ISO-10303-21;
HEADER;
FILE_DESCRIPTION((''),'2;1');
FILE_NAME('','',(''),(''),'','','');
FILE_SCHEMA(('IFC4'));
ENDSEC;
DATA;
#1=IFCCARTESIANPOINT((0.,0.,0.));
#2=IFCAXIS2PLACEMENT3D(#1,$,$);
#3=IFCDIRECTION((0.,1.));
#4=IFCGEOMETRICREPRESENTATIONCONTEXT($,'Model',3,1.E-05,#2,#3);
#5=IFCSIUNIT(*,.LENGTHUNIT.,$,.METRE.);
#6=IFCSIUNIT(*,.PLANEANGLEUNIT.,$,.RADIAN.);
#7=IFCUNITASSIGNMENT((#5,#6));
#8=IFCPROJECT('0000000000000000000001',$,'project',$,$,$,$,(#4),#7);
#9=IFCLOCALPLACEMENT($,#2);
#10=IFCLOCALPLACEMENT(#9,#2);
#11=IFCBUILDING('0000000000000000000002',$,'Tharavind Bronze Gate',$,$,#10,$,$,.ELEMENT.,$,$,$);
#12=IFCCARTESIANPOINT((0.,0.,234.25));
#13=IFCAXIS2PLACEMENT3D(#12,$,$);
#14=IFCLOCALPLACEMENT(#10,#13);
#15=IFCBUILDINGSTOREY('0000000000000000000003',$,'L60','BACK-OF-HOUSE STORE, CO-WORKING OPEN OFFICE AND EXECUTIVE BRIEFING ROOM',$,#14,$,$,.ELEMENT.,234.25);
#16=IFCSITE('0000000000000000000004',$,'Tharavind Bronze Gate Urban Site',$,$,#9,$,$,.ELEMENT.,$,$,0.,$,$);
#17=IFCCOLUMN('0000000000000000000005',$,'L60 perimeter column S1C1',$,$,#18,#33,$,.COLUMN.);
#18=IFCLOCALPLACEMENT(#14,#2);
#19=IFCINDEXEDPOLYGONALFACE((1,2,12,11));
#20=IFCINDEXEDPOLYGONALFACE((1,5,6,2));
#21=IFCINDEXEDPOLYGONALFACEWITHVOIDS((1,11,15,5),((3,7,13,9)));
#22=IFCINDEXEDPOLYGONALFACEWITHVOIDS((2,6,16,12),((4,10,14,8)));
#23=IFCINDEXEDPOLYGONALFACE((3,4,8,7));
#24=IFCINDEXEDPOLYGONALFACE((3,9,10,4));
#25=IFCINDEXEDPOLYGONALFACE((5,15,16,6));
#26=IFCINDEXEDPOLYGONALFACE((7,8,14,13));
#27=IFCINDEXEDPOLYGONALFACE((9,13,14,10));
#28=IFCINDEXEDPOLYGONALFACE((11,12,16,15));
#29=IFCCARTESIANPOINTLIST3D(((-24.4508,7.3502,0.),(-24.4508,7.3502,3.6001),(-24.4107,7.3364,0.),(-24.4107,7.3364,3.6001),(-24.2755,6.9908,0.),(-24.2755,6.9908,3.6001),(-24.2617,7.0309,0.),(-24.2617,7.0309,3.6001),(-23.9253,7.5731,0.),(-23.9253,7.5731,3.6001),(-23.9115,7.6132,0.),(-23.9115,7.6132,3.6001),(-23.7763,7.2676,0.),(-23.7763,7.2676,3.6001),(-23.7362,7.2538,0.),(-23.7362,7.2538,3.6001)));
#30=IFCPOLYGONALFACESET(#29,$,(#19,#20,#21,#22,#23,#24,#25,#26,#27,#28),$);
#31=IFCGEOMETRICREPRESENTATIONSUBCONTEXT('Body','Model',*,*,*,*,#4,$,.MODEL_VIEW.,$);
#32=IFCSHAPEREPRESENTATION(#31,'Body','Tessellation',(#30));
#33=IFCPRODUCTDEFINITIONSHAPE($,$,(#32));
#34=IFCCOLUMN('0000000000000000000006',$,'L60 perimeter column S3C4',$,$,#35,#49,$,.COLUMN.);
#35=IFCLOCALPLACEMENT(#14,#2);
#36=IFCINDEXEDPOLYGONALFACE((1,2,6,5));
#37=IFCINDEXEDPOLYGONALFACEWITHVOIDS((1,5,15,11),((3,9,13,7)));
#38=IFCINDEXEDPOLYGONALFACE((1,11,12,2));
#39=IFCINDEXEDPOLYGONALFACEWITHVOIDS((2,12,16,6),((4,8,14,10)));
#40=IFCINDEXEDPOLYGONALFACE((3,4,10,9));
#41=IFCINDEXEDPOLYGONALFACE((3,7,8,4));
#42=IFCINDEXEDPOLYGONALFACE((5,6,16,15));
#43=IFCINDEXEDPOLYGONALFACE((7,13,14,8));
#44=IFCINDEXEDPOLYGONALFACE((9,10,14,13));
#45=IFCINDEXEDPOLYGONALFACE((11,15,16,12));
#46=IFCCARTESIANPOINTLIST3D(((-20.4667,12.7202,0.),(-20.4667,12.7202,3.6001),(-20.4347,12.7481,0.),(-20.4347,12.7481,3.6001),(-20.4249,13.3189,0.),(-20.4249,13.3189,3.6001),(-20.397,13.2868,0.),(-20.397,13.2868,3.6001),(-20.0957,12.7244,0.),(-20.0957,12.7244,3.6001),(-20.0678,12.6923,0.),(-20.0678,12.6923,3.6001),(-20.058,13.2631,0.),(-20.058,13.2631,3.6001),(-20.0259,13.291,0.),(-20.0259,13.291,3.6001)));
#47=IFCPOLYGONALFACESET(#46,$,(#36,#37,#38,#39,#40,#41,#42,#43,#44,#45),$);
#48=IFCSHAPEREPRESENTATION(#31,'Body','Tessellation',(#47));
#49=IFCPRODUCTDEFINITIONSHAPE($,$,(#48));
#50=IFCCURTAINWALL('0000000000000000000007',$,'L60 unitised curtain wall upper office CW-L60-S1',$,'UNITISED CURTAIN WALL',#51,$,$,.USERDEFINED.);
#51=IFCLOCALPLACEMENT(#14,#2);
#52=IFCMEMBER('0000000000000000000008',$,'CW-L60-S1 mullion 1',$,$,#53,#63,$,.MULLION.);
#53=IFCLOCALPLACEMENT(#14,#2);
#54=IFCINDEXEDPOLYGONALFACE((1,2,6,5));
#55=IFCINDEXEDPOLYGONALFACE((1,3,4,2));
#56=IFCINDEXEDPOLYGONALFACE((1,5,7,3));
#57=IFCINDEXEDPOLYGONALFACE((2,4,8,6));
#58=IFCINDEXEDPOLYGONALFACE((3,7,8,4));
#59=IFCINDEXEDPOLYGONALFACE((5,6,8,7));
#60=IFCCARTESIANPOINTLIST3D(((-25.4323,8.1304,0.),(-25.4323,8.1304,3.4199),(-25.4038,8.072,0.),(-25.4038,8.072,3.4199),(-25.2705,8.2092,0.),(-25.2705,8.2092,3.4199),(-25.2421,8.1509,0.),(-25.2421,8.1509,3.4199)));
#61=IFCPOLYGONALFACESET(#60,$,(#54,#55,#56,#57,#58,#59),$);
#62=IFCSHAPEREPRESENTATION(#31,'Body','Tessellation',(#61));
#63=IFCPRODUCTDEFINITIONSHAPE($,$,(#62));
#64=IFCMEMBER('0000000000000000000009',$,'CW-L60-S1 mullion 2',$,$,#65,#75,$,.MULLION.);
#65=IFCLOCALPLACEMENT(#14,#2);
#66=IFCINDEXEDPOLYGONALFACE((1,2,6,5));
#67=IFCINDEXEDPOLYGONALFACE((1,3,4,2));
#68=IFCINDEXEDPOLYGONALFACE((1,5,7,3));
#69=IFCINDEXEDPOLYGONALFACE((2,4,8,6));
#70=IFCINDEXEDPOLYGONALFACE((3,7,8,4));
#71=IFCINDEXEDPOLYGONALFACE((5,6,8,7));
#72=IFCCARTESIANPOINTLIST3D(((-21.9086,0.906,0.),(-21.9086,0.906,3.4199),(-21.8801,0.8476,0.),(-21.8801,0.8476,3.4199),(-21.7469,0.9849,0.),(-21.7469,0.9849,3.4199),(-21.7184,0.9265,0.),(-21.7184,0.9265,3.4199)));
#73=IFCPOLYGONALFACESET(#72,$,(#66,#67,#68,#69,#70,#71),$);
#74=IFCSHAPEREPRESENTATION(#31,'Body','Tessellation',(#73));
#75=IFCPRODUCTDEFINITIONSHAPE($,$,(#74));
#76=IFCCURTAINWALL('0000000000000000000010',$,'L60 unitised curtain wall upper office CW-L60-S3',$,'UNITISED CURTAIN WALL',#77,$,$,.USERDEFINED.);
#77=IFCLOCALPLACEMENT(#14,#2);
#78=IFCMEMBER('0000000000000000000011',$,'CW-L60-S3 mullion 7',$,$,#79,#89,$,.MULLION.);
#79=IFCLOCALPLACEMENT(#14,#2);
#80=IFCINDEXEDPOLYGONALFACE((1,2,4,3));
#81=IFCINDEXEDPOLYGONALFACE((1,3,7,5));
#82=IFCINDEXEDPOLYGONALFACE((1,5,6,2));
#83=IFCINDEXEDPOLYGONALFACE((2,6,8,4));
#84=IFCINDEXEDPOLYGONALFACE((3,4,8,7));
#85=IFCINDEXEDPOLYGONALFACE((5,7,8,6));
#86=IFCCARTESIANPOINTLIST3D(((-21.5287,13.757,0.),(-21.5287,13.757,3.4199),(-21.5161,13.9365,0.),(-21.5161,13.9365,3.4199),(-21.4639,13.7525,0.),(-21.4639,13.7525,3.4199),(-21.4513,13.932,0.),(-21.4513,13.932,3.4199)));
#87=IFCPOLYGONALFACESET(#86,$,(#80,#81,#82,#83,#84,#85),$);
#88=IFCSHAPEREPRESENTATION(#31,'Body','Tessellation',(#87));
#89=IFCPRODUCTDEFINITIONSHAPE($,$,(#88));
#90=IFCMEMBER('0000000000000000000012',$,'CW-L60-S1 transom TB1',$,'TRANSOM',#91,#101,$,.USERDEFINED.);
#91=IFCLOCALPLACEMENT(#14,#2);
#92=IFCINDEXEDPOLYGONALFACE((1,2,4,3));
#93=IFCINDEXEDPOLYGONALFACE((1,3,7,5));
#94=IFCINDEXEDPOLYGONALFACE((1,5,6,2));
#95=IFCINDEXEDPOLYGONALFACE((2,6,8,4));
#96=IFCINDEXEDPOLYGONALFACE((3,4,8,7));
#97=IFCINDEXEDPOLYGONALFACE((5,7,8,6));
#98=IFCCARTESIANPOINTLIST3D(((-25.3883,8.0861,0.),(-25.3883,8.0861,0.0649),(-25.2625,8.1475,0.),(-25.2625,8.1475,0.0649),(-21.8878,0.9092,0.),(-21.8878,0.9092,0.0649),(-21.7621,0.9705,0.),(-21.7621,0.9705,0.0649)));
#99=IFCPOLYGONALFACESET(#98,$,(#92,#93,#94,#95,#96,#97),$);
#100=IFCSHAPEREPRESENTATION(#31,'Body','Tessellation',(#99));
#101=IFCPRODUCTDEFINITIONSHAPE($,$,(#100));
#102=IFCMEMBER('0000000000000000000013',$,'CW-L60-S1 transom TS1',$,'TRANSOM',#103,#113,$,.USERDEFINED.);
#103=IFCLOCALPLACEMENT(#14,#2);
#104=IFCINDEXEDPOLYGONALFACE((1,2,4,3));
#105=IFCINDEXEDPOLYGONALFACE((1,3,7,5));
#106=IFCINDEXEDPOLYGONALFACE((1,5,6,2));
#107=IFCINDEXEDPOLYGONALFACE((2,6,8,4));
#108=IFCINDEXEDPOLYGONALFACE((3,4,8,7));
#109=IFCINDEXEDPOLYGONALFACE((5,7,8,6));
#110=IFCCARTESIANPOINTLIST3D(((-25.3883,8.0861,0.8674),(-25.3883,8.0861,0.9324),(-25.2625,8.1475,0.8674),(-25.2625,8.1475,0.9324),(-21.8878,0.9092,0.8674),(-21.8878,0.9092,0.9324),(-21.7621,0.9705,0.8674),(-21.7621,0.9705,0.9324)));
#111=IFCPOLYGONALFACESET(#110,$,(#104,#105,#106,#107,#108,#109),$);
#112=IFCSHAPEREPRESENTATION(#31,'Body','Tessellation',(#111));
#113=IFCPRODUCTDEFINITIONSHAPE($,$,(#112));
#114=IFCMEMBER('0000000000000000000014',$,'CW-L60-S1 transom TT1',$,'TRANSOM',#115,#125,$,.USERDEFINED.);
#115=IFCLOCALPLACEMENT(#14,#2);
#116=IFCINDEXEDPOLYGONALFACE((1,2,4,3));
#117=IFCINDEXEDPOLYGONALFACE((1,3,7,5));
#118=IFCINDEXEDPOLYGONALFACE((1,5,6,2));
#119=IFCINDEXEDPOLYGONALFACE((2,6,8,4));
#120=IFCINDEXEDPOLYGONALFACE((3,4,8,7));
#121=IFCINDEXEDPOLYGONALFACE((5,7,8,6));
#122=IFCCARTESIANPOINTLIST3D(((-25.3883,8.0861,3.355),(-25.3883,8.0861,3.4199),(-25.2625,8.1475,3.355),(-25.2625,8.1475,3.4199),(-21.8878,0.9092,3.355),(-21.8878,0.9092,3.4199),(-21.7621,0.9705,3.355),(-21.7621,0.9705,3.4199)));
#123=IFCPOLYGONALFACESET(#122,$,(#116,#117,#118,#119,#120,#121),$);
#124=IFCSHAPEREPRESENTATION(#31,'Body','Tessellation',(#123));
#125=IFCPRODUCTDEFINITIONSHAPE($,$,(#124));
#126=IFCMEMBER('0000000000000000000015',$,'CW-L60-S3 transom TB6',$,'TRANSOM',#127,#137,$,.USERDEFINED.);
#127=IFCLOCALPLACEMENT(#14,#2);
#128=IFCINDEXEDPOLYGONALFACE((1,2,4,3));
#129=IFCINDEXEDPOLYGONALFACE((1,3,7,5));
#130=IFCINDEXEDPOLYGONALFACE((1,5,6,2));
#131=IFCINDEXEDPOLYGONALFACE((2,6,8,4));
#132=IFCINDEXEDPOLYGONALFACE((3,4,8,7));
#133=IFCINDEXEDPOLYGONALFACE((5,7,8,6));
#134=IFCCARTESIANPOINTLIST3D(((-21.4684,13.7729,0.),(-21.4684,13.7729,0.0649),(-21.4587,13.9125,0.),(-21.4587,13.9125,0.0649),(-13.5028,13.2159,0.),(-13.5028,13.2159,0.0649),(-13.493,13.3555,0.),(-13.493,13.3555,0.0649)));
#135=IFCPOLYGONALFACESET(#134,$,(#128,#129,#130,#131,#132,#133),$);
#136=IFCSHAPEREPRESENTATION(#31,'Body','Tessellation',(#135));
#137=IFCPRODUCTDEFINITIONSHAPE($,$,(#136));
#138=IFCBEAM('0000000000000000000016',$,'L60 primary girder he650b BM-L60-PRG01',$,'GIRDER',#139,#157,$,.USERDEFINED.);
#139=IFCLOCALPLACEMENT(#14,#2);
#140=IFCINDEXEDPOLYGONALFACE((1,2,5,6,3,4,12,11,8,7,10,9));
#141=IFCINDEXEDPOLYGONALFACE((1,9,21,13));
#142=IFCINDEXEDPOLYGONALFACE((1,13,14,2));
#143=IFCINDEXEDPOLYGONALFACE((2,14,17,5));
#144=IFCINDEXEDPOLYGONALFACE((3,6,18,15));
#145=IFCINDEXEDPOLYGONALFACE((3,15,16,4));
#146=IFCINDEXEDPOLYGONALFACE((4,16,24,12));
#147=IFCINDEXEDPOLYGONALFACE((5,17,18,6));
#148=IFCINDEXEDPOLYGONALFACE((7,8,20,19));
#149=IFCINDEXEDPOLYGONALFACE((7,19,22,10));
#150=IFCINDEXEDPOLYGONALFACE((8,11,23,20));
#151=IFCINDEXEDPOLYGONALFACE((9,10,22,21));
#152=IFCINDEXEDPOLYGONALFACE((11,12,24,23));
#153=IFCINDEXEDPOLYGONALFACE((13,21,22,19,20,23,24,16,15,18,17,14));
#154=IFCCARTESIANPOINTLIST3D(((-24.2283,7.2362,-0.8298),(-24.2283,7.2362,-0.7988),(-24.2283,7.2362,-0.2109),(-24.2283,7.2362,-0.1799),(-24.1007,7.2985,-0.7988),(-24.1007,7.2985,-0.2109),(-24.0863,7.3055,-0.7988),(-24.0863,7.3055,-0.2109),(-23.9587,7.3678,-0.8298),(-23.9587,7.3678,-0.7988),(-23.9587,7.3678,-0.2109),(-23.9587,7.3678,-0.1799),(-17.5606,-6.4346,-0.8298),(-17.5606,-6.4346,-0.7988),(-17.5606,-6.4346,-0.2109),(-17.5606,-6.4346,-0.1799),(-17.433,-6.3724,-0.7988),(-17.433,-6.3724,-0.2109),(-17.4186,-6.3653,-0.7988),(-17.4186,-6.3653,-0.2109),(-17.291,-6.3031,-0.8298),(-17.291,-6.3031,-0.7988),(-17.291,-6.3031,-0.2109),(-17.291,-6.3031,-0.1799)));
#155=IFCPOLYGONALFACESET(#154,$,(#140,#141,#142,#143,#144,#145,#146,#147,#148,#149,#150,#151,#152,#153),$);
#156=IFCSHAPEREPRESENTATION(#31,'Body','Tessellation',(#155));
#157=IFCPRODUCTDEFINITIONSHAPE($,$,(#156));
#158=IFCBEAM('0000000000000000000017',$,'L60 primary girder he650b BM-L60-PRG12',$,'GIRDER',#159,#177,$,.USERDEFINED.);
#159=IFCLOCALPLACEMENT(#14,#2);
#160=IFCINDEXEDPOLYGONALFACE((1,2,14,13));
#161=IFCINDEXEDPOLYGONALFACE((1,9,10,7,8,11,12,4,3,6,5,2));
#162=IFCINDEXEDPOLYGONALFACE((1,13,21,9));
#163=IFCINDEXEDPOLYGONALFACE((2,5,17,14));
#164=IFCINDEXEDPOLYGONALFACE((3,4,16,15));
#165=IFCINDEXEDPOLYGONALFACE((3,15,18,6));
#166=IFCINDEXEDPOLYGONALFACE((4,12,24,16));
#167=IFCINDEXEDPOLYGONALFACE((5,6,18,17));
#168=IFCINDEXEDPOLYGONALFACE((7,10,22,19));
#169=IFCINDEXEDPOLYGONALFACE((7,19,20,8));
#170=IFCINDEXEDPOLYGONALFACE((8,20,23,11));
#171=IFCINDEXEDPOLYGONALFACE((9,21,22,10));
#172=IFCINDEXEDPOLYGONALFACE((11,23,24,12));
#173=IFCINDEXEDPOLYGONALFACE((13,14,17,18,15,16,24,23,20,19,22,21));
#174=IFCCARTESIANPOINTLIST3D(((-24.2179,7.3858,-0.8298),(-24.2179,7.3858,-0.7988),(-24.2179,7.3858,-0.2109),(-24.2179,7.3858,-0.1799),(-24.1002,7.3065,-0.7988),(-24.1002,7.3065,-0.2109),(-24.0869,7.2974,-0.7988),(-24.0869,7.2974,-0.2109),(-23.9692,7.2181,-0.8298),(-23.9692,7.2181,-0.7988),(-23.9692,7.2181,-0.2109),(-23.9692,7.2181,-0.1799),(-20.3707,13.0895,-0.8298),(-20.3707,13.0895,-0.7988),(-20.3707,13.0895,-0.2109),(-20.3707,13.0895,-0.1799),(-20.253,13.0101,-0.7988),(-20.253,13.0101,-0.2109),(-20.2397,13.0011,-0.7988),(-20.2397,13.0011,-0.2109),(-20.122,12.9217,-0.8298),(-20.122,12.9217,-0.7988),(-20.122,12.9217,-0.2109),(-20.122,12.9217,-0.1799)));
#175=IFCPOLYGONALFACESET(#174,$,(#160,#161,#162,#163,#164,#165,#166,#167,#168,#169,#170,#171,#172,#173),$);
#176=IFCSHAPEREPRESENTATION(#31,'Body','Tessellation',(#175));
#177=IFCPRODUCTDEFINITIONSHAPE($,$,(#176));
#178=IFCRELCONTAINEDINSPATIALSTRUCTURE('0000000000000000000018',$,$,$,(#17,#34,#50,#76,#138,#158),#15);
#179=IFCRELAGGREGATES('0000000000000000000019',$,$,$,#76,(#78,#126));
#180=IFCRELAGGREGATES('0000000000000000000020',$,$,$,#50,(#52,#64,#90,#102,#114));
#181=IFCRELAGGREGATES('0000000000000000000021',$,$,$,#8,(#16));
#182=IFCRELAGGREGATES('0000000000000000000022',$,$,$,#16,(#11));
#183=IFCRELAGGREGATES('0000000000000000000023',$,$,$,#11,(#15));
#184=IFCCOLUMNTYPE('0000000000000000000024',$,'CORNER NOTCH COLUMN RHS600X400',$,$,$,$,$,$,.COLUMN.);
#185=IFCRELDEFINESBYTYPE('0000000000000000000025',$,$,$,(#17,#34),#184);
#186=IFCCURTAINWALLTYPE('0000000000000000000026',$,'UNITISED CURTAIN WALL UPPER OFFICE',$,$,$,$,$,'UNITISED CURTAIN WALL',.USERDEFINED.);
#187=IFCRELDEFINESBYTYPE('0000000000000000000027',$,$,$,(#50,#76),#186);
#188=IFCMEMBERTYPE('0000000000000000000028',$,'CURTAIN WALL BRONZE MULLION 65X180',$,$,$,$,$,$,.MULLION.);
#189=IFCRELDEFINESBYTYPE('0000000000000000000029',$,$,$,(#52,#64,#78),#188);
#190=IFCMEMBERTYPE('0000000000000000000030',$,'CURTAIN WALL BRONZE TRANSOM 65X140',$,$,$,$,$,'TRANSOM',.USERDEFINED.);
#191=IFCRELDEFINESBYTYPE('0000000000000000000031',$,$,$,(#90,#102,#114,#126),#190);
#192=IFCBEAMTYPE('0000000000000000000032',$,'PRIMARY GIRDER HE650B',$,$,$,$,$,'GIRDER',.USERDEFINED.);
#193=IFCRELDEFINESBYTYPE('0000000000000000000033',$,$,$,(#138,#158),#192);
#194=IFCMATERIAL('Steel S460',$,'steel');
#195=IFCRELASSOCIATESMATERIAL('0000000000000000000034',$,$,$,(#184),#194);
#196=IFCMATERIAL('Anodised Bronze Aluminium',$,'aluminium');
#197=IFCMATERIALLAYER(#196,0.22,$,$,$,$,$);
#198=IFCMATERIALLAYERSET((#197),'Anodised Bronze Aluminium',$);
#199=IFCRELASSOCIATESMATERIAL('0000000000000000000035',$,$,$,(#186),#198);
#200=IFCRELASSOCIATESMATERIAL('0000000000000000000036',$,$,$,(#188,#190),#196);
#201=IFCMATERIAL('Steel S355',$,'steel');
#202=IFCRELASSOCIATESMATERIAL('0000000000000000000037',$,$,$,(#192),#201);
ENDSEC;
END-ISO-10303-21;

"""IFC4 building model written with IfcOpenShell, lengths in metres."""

from ifc_helpers import new_model, si_unit, direction, frame, origin, origin_2d, place, context, subcontext, project, spatial, rectangle, hollow_rectangle, i_section, extrude, material, layer, layer_set, material_profile, profile_set, type_object, element, aggregate, save


model = new_model("IFC4")

# Units and contexts
model_context = context("Model", 3, precision=1e-05, world=origin(), true_north=direction((0.0, 1.0)))
body_context = subcontext(model_context, "Body", "Model", "MODEL_VIEW")
ifc_project = project(units=[si_unit("LENGTHUNIT", "METRE"), si_unit("PLANEANGLEUNIT", "RADIAN")], contexts=[model_context])

# Site, building, storey
site_placement = place(None, origin())
site = spatial("IfcSite", under=ifc_project, at=site_placement, Name="Tharavind Bronze Gate Urban Site", CompositionType="ELEMENT", RefElevation=0.0)
building_placement = place(site_placement, origin())
building = spatial("IfcBuilding", under=site, at=building_placement, Name="Tharavind Bronze Gate", CompositionType="ELEMENT")
storey_placement = place(building_placement, frame((0.0, 0.0, 234.25)))
storey = spatial("IfcBuildingStorey", under=building, at=storey_placement, Name="L60", Description="BACK-OF-HOUSE STORE, CO-WORKING OPEN OFFICE AND EXECUTIVE BRIEFING ROOM", CompositionType="ELEMENT", Elevation=234.25)

# Columns
ifc_material_1 = material(Name="Steel S460", Category="steel")
ifc_material_profile_1 = material_profile(ifc_material_1, hollow_rectangle(XDim=0.3999, YDim=0.6001, WallThickness=0.03, at=origin_2d()), Name="RHS600X400X30")
ifc_profile_set_1 = profile_set([ifc_material_profile_1], Name="Steel S460")
column_type = type_object("IfcColumnType", Name="CORNER NOTCH COLUMN RHS600X400", PredefinedType="COLUMN", material=ifc_profile_set_1)
for number, where, z_axis, x_axis, name in (
    (1, (-24.0935, 7.302, 0.0), (0.0, 0.0, 1.0), (-0.438371, 0.898794, 0.0), "L60 perimeter column S1C1"),
    (2, (-20.2463, 13.0056, 0.0), (0.0, 0.0, 1.0), (-0.997564, 0.069756, 0.0), "L60 perimeter column S3C4"),
):
    element("IfcColumn", number, at=place(storey_placement, frame(where, z_axis=z_axis, x_axis=x_axis)), inside=storey, type_object=column_type, Name=name, PredefinedType="COLUMN", context=body_context, shape_type="SweptSolid", body=[
        extrude(hollow_rectangle(XDim=0.3999, YDim=0.6001, WallThickness=0.03, at=origin_2d()), origin(), (0.0, 0.0, 1.0), 3.6001),
    ])

# Curtain wall, members
ifc_material_2 = material(Name="Anodised Bronze Aluminium", Category="aluminium")
ifc_layer_1 = layer(ifc_material_2, 0.22)
ifc_layer_set_1 = layer_set([ifc_layer_1], Name="Anodised Bronze Aluminium")
curtain_wall_type = type_object("IfcCurtainWallType", Name="UNITISED CURTAIN WALL UPPER OFFICE", ElementType="UNITISED CURTAIN WALL", PredefinedType="USERDEFINED", material=ifc_layer_set_1)
curtain_wall_1_placement = place(storey_placement, origin())
curtain_wall_1 = element("IfcCurtainWall", 3, at=curtain_wall_1_placement, inside=storey, type_object=curtain_wall_type, Name="L60 unitised curtain wall upper office CW-L60-S1", ObjectType="UNITISED CURTAIN WALL", PredefinedType="USERDEFINED")
member_type_1 = type_object("IfcMemberType", Name="CURTAIN WALL BRONZE MULLION 65X180", PredefinedType="MULLION", material=ifc_material_2)
member_1_placement = place(storey_placement, frame((-25.3372, 8.1406, 0.0), z_axis=(0.0, 0.0, 1.0), x_axis=(0.438371, -0.898794, 0.0)))
member_1 = element("IfcMember", 4, at=member_1_placement, type_object=member_type_1, Name="CW-L60-S1 mullion 1", PredefinedType="MULLION", context=body_context, shape_type="SweptSolid", body=[
    extrude(rectangle(XDim=0.0649, YDim=0.1799, at=origin_2d()), origin(), (0.0, 0.0, 1.0), 3.4199),
])
member_2_placement = place(storey_placement, frame((-21.8135, 0.9163, 0.0), z_axis=(0.0, 0.0, 1.0), x_axis=(0.438371, -0.898794, 0.0)))
member_2 = element("IfcMember", 5, at=member_2_placement, type_object=member_type_1, Name="CW-L60-S1 mullion 2", PredefinedType="MULLION", context=body_context, shape_type="SweptSolid", body=[
    extrude(rectangle(XDim=0.0649, YDim=0.1799, at=origin_2d()), origin(), (0.0, 0.0, 1.0), 3.4199),
])

# Curtain wall, member
curtain_wall_2_placement = place(storey_placement, origin())
curtain_wall_2 = element("IfcCurtainWall", 6, at=curtain_wall_2_placement, inside=storey, type_object=curtain_wall_type, Name="L60 unitised curtain wall upper office CW-L60-S3", ObjectType="UNITISED CURTAIN WALL", PredefinedType="USERDEFINED")
member_3_placement = place(storey_placement, frame((-21.49, 13.8445, 0.0), z_axis=(0.0, 0.0, 1.0), x_axis=(-0.997564, 0.069758, 0.0)))
member_3 = element("IfcMember", 7, at=member_3_placement, type_object=member_type_1, Name="CW-L60-S3 mullion 7", PredefinedType="MULLION", context=body_context, shape_type="SweptSolid", body=[
    extrude(rectangle(XDim=0.0649, YDim=0.1799, at=origin_2d()), origin(), (0.0, 0.0, 1.0), 3.4199),
])

# Members
member_type_2 = type_object("IfcMemberType", Name="CURTAIN WALL BRONZE TRANSOM 65X140", ElementType="TRANSOM", PredefinedType="USERDEFINED", material=ifc_material_2)
member_4_placement = place(storey_placement, frame((-23.5752, 4.5283, 0.0), z_axis=(0.0, 0.0, 1.0), x_axis=(0.438371, -0.898794, 0.0)))
member_4 = element("IfcMember", 8, at=member_4_placement, type_object=member_type_2, Name="CW-L60-S1 transom TB1", ObjectType="TRANSOM", PredefinedType="USERDEFINED", context=body_context, shape_type="SweptSolid", body=[
    extrude(rectangle(XDim=7.9851, YDim=0.1399, at=origin_2d()), origin(), (0.0, 0.0, 1.0), 0.0649),
])
member_5_placement = place(storey_placement, frame((-23.5752, 4.5283, 0.8674), z_axis=(0.0, 0.0, 1.0), x_axis=(0.438371, -0.898794, 0.0)))
member_5 = element("IfcMember", 9, at=member_5_placement, type_object=member_type_2, Name="CW-L60-S1 transom TS1", ObjectType="TRANSOM", PredefinedType="USERDEFINED", context=body_context, shape_type="SweptSolid", body=[
    extrude(rectangle(XDim=7.9851, YDim=0.1399, at=origin_2d()), origin(), (0.0, 0.0, 1.0), 0.0649),
])
member_6_placement = place(storey_placement, frame((-23.5752, 4.5283, 3.355), z_axis=(0.0, 0.0, 1.0), x_axis=(0.438371, -0.898794, 0.0)))
member_6 = element("IfcMember", 10, at=member_6_placement, type_object=member_type_2, Name="CW-L60-S1 transom TT1", ObjectType="TRANSOM", PredefinedType="USERDEFINED", context=body_context, shape_type="SweptSolid", body=[
    extrude(rectangle(XDim=7.9851, YDim=0.1399, at=origin_2d()), origin(), (0.0, 0.0, 1.0), 0.0649),
])
member_7_placement = place(storey_placement, frame((-17.4807, 13.5642, 0.0), z_axis=(0.0, 0.0, 1.0), x_axis=(-0.997564, 0.069758, 0.0)))
member_7 = element("IfcMember", 11, at=member_7_placement, type_object=member_type_2, Name="CW-L60-S3 transom TB6", ObjectType="TRANSOM", PredefinedType="USERDEFINED", context=body_context, shape_type="SweptSolid", body=[
    extrude(rectangle(XDim=7.9851, YDim=0.1399, at=origin_2d()), origin(), (0.0, 0.0, 1.0), 0.0649),
])
aggregate(curtain_wall_2, [member_3, member_7])

# Beams
ifc_material_3 = material(Name="Steel S355", Category="steel")
ifc_material_profile_2 = material_profile(ifc_material_3, i_section(OverallWidth=0.3, OverallDepth=0.6499, WebThickness=0.0161, FlangeThickness=0.031, at=origin_2d()), Name="HE650B")
ifc_profile_set_2 = profile_set([ifc_material_profile_2], Name="Steel S355")
beam_type_1 = type_object("IfcBeamType", Name="PRIMARY GIRDER HE650B", ElementType="GIRDER", PredefinedType="USERDEFINED", material=ifc_profile_set_2)
beam_1_placement = place(storey_placement, frame((-24.0935, 7.302, -0.5049), z_axis=(0.43837, -0.898795, 0.0), x_axis=(0.898795, 0.43837, 0.0)))
element("IfcBeam", 12, at=beam_1_placement, inside=storey, type_object=beam_type_1, Name="L60 primary girder he650b BM-L60-PRG01", ObjectType="GIRDER", PredefinedType="USERDEFINED", context=body_context, shape_type="SweptSolid", body=[
    extrude(i_section(OverallWidth=0.3, OverallDepth=0.6499, WebThickness=0.0161, FlangeThickness=0.031, at=origin_2d()), origin(), (0.0, 0.0, 1.0), 15.2102),
])
beam_2_placement = place(storey_placement, frame((-20.2463, 13.0056, -0.5049), z_axis=(-0.559196, -0.829035, 0.0), x_axis=(0.829035, -0.559196, 0.0)))
element("IfcBeam", 13, at=beam_2_placement, inside=storey, type_object=beam_type_1, Name="L60 primary girder he650b BM-L60-PRG12", ObjectType="GIRDER", PredefinedType="USERDEFINED", context=body_context, shape_type="SweptSolid", body=[
    extrude(i_section(OverallWidth=0.3, OverallDepth=0.6499, WebThickness=0.0161, FlangeThickness=0.031, at=origin_2d()), origin(), (0.0, 0.0, 1.0), 6.8799),
])

aggregate(curtain_wall_1, [member_1, member_2, member_4, member_5, member_6])

save(model, "model.ifc")
